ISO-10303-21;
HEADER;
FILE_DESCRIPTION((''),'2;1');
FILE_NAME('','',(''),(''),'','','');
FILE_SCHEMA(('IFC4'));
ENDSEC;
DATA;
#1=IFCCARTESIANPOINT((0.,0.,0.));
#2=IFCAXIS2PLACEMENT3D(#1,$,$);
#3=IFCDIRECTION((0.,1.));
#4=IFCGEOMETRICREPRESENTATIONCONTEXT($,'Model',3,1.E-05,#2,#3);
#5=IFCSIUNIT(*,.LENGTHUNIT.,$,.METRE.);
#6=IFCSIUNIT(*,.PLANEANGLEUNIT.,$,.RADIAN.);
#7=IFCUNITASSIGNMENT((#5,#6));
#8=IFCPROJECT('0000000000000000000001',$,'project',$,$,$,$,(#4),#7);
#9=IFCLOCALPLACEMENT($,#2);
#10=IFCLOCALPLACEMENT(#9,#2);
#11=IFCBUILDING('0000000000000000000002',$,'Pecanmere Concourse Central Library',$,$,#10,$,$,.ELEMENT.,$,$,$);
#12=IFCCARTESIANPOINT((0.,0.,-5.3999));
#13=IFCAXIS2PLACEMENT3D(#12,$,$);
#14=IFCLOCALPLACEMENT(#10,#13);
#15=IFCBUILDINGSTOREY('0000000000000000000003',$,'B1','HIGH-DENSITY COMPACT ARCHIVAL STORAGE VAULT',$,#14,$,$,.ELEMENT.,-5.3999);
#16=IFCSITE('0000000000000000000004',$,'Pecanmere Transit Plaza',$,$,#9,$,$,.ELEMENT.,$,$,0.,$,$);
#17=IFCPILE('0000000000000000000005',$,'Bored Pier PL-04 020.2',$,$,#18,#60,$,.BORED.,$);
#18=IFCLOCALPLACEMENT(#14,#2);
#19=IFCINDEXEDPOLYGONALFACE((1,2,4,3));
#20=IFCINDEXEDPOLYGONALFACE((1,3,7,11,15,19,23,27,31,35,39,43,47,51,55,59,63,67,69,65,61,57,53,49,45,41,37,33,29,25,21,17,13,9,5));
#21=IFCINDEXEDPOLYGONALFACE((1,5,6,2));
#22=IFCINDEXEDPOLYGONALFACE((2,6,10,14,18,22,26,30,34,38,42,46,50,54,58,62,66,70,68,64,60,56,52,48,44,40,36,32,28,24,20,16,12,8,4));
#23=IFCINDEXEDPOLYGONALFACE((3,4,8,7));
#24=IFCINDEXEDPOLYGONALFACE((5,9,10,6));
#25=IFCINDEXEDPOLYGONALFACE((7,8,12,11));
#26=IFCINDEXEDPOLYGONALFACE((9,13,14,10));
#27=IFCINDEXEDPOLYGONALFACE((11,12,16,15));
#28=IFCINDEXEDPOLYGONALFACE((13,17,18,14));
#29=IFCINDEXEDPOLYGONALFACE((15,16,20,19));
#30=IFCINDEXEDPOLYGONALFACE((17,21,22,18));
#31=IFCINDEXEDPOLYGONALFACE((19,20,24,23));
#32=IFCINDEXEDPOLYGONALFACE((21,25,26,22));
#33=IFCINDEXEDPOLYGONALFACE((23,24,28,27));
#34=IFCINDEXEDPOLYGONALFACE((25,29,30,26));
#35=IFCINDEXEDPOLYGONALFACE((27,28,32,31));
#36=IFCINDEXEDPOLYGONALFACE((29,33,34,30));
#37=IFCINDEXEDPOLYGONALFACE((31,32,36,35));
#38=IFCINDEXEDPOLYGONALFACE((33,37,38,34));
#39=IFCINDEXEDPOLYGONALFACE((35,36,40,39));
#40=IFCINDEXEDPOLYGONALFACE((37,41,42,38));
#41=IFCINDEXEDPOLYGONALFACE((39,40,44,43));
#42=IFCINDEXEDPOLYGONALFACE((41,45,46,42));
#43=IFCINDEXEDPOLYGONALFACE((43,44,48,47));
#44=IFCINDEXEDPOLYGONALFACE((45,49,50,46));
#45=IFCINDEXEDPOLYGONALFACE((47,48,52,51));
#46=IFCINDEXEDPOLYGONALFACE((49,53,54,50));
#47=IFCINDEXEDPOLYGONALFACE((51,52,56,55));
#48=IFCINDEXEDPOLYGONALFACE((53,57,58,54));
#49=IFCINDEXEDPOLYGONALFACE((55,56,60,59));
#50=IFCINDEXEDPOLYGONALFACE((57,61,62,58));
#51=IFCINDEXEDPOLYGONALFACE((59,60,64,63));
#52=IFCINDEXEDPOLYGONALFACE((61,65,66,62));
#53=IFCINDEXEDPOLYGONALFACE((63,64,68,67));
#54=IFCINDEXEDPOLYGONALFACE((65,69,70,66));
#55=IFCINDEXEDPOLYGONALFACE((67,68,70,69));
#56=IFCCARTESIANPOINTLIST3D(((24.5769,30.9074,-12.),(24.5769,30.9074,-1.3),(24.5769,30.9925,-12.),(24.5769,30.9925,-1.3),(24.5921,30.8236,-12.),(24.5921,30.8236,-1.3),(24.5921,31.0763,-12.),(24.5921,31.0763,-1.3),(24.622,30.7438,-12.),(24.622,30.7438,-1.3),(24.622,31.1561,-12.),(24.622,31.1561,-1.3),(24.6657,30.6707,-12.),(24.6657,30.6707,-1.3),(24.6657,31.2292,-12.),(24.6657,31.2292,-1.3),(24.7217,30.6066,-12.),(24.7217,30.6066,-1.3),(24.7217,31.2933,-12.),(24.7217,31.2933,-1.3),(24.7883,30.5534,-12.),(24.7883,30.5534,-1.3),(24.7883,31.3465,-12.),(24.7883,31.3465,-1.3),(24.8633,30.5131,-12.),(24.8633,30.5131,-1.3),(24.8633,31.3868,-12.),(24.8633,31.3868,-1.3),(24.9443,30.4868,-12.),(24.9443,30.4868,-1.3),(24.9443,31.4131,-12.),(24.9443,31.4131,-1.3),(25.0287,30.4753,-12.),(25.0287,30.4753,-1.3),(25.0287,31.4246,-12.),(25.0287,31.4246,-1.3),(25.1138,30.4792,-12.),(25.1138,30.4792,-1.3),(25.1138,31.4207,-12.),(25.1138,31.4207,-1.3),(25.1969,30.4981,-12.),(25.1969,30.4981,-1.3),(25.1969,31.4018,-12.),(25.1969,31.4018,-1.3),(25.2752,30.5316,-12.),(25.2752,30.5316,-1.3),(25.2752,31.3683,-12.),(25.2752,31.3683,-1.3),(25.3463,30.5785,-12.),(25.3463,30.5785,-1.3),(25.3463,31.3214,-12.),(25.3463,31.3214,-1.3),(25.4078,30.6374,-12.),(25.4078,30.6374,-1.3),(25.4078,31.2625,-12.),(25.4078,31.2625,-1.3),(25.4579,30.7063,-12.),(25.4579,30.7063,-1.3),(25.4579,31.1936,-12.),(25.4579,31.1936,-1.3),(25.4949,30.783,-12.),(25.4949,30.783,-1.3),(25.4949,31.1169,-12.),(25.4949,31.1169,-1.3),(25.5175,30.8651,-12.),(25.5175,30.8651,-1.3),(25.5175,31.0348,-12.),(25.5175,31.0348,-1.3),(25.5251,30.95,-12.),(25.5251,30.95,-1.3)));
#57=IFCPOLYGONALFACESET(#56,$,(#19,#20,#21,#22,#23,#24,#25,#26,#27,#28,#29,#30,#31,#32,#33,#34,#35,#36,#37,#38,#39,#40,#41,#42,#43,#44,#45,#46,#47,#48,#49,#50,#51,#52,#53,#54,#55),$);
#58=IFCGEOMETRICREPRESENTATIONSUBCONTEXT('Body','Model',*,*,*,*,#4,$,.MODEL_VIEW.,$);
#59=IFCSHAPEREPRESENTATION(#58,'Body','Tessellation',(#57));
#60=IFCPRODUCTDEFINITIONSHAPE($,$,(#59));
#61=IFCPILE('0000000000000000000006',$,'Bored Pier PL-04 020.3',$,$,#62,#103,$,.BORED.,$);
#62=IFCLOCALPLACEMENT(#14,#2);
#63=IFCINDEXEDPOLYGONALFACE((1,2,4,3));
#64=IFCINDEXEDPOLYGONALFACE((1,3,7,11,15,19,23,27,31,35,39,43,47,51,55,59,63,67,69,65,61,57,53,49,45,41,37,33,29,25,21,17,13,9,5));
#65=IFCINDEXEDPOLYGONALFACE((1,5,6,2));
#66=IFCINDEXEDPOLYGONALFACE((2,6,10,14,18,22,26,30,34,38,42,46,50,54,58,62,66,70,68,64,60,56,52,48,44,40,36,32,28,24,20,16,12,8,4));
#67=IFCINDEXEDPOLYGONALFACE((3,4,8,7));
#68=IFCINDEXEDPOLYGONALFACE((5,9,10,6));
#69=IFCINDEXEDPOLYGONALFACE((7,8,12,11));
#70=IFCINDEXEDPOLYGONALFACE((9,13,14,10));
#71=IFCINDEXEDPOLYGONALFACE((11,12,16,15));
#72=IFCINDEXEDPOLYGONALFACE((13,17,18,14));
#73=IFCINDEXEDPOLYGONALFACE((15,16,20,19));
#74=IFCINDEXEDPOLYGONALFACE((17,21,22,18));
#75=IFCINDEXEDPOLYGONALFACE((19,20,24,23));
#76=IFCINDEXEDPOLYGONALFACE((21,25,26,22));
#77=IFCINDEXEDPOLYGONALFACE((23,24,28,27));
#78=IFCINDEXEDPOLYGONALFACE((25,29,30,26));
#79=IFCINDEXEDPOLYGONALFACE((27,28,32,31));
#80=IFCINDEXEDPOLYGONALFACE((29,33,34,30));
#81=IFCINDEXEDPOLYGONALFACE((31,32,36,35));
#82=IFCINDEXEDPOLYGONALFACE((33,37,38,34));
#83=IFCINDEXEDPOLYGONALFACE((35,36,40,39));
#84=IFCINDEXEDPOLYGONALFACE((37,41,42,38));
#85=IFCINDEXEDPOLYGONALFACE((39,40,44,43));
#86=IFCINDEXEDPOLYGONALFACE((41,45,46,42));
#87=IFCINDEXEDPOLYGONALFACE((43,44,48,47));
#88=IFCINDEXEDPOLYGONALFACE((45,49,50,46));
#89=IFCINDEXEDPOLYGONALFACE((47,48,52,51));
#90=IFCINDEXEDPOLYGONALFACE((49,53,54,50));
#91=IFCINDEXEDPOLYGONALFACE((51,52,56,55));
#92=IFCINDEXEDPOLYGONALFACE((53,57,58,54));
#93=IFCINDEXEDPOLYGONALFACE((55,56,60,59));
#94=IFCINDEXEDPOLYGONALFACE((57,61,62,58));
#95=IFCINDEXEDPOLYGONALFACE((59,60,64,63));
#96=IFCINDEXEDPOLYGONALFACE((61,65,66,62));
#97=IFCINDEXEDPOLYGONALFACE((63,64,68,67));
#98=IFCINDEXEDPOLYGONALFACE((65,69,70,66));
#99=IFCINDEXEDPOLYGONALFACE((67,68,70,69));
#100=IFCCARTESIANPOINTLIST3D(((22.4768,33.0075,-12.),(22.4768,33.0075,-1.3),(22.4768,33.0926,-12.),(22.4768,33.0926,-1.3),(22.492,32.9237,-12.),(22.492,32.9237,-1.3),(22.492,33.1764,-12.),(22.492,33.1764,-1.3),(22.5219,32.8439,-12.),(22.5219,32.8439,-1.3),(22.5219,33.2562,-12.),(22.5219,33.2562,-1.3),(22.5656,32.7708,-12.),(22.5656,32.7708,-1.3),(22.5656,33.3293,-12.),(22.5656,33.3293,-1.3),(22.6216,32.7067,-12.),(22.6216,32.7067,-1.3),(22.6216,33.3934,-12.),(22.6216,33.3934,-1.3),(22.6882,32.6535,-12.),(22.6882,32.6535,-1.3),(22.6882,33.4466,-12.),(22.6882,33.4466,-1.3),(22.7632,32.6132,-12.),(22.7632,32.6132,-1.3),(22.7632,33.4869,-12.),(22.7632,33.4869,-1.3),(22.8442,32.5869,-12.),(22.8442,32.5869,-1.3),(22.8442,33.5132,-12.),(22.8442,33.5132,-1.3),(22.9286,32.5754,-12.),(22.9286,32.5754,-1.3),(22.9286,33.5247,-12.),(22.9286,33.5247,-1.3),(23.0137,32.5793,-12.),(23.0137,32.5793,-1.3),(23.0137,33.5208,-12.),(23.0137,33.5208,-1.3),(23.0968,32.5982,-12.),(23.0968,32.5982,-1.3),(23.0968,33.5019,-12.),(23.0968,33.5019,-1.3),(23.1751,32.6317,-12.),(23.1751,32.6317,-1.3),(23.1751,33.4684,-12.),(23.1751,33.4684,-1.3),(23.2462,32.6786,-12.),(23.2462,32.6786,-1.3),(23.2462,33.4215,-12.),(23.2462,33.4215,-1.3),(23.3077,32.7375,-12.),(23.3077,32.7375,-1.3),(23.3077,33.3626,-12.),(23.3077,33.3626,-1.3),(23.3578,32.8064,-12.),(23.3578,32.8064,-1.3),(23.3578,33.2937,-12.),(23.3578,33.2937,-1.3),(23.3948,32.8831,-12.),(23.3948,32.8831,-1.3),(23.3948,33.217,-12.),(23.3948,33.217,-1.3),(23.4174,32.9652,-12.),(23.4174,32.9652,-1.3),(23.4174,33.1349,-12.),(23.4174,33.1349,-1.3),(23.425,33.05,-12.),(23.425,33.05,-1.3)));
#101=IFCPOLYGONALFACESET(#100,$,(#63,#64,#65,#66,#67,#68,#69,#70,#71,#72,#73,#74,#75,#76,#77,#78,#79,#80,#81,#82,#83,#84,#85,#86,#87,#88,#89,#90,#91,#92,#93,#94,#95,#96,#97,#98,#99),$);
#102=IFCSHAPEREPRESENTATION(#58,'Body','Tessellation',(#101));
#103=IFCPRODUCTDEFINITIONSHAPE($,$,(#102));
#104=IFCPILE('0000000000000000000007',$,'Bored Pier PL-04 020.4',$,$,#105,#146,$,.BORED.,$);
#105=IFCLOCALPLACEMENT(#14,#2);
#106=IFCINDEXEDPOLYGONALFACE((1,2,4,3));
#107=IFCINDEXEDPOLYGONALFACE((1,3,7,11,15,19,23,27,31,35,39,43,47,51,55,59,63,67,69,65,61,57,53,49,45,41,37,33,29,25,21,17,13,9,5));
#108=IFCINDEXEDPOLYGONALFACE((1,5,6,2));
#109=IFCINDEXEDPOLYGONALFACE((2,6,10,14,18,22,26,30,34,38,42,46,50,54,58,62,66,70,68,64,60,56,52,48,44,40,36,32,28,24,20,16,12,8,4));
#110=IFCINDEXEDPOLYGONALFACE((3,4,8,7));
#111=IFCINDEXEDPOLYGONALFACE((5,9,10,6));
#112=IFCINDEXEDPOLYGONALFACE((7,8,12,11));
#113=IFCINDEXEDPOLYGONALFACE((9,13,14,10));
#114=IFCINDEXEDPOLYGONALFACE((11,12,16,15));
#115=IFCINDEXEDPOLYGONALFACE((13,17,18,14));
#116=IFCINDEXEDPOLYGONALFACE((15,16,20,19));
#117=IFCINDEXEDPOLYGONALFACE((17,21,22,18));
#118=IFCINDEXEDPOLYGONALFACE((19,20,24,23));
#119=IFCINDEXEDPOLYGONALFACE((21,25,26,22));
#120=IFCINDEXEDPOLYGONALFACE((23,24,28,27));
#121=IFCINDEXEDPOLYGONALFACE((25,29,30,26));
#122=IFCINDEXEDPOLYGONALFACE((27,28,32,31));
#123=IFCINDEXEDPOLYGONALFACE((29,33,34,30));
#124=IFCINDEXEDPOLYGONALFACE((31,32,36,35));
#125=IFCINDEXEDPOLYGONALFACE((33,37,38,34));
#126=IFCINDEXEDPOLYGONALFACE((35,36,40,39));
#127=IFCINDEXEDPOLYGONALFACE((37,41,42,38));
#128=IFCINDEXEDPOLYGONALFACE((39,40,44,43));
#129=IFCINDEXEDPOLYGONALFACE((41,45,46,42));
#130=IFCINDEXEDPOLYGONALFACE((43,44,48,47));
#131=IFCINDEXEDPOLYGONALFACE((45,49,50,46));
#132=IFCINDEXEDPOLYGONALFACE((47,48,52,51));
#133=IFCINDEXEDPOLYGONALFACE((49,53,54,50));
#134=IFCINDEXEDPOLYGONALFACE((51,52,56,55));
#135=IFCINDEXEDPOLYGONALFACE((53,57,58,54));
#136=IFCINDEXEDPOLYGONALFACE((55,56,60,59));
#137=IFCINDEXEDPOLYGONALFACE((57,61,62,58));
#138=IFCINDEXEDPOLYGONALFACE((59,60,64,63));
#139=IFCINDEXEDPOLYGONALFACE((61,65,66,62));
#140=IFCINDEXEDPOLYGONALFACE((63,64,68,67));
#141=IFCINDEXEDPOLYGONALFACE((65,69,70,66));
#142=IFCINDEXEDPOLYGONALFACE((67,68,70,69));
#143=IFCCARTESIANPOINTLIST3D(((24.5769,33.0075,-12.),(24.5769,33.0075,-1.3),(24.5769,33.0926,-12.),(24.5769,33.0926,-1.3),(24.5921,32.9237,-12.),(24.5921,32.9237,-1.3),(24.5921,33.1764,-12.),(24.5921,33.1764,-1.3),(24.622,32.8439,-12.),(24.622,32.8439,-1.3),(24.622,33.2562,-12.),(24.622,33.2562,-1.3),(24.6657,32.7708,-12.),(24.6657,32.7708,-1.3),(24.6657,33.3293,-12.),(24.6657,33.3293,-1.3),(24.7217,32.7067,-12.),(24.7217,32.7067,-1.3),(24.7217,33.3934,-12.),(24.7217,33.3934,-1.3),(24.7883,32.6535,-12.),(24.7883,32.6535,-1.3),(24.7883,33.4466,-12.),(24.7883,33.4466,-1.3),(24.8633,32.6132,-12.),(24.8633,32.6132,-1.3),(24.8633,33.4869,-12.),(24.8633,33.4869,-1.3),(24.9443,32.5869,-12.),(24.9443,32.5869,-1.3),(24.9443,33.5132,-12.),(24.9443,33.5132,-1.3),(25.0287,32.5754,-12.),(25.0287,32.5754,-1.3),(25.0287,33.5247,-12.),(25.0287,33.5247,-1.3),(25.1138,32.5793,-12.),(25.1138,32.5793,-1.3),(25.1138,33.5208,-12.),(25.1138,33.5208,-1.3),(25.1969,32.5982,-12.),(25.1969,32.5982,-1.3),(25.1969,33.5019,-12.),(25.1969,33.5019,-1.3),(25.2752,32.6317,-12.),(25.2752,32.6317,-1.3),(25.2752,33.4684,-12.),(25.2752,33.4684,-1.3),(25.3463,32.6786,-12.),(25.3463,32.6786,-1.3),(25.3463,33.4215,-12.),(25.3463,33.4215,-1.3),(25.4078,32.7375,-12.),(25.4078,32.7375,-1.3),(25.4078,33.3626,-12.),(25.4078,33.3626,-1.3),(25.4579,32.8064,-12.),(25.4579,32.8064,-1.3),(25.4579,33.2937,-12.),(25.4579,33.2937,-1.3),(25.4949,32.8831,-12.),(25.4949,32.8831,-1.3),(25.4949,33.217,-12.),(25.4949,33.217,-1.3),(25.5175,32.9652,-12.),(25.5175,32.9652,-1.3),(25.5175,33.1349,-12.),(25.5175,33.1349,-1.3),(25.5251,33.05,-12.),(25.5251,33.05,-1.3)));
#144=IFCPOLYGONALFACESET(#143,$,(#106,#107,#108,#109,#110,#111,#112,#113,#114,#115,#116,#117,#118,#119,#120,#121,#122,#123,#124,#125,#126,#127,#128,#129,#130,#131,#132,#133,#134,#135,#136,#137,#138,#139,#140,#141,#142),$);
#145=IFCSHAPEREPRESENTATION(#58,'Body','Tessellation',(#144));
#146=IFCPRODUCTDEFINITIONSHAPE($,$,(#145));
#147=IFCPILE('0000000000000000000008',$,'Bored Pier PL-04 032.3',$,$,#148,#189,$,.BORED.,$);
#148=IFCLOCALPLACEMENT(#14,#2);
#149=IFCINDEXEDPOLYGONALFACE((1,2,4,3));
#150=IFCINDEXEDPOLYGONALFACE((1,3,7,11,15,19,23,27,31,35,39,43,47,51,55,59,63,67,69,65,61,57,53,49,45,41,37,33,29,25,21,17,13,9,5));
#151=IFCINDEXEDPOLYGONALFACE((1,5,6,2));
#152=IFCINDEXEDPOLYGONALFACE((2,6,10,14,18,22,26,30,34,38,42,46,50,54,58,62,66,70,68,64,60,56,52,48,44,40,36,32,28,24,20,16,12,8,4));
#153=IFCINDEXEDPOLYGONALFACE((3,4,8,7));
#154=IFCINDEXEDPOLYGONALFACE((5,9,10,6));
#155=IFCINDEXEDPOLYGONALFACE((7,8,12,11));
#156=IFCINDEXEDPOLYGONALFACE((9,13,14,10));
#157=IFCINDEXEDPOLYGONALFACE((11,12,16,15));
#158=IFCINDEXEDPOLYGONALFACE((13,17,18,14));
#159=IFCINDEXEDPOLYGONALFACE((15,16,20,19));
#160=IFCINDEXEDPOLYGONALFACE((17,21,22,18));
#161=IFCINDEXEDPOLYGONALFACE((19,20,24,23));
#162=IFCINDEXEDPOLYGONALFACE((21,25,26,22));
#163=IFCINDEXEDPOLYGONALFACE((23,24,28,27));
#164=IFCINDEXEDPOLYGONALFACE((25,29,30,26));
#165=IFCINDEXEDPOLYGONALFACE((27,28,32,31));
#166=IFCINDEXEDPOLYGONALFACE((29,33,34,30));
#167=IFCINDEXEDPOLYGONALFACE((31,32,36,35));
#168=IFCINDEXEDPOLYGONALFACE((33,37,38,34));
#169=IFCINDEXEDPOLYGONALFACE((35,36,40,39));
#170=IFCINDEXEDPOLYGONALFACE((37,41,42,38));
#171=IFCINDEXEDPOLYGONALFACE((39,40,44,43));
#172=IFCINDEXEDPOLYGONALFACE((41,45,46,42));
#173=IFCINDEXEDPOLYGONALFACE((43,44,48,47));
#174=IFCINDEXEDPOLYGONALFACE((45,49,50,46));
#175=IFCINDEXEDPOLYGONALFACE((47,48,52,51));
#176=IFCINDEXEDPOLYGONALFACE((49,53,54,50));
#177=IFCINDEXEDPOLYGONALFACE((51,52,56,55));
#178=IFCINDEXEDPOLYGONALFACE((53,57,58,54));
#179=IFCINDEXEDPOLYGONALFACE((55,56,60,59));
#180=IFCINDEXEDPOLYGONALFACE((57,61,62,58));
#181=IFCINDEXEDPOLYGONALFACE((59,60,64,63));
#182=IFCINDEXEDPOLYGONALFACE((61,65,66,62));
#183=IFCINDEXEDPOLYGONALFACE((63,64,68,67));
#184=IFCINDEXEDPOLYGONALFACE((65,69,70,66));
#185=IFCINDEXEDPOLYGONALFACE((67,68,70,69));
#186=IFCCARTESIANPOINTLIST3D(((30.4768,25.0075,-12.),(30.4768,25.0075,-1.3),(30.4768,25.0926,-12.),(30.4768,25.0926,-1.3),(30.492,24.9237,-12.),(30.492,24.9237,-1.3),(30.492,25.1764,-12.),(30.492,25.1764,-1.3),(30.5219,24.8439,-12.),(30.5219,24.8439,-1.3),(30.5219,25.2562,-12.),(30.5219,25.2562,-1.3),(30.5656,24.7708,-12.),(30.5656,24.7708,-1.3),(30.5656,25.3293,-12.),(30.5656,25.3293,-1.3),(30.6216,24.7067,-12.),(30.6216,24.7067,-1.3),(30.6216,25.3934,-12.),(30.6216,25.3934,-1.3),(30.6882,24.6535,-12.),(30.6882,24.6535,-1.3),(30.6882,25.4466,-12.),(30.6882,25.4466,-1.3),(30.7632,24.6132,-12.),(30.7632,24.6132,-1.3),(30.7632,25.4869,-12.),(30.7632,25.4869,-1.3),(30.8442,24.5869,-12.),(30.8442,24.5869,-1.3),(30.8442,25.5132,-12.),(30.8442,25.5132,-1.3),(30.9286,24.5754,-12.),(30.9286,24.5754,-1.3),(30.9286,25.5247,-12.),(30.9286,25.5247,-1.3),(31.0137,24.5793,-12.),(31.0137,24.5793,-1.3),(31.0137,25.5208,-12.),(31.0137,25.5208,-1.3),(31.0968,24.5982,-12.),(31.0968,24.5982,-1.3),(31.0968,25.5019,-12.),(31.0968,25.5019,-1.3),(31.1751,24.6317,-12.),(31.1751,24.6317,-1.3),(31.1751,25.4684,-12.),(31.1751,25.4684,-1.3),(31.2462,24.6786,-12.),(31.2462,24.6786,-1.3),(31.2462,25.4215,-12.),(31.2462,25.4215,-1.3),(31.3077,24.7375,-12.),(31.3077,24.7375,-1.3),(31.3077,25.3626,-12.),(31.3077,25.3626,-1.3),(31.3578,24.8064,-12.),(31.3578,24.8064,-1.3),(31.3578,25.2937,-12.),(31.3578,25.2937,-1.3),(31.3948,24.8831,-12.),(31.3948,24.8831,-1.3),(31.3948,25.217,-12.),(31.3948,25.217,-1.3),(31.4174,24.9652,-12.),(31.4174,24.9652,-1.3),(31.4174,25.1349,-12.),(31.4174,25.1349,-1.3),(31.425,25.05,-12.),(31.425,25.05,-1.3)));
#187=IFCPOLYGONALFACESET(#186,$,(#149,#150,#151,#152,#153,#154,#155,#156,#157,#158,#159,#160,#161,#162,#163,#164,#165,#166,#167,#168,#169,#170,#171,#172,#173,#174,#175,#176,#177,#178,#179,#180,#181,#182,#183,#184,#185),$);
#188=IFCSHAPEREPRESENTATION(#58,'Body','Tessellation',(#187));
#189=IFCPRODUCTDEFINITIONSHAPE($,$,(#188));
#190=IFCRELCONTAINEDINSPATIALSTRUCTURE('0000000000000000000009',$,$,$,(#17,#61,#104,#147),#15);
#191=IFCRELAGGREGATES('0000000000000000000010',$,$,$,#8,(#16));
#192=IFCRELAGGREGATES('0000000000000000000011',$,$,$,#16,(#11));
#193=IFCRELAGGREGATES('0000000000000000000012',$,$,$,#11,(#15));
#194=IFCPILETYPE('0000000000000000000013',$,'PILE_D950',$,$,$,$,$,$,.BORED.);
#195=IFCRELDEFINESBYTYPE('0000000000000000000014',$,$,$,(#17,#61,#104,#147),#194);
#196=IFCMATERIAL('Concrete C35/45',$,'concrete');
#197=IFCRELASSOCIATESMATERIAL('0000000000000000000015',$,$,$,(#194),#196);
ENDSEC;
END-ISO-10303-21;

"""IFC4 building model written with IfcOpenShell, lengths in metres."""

from ifc_helpers import new_model, si_unit, direction, frame, origin, origin_2d, place, context, subcontext, project, spatial, circle, extrude, material, material_profile, profile_set, type_object, element, save


model = new_model("IFC4")

# Units and contexts
model_context = context("Model", 3, precision=1e-05, world=origin(), true_north=direction((0.0, 1.0)))
body_context = subcontext(model_context, "Body", "Model", "MODEL_VIEW")
ifc_project = project(units=[si_unit("LENGTHUNIT", "METRE"), si_unit("PLANEANGLEUNIT", "RADIAN")], contexts=[model_context])

# Site, building, storey
site_placement = place(None, origin())
site = spatial("IfcSite", under=ifc_project, at=site_placement, Name="Pecanmere Transit Plaza", CompositionType="ELEMENT", RefElevation=0.0)
building_placement = place(site_placement, origin())
building = spatial("IfcBuilding", under=site, at=building_placement, Name="Pecanmere Concourse Central Library", CompositionType="ELEMENT")
storey_placement = place(building_placement, frame((0.0, 0.0, -5.3999)))
storey = spatial("IfcBuildingStorey", under=building, at=storey_placement, Name="B1", Description="HIGH-DENSITY COMPACT ARCHIVAL STORAGE VAULT", CompositionType="ELEMENT", Elevation=-5.3999)

# Piles
ifc_material_1 = material(Name="Concrete C35/45", Category="concrete")
ifc_material_profile_1 = material_profile(ifc_material_1, circle(Radius=0.4751, at=origin_2d()), Name="PIER D950")
ifc_profile_set_1 = profile_set([ifc_material_profile_1], Name="Concrete C35/45")
pile_type = type_object("IfcPileType", Name="PILE_D950", PredefinedType="BORED", material=ifc_profile_set_1)
for number, where, z_axis, x_axis, name in (
    (1, (25.05, 30.95, -1.3), (0.0, 0.0, -1.0), (1.0, 0.0, 0.0), "Bored Pier PL-04 020.2"),
    (2, (22.95, 33.05, -1.3), (0.0, 0.0, -1.0), (1.0, 0.0, 0.0), "Bored Pier PL-04 020.3"),
    (3, (25.05, 33.05, -1.3), (0.0, 0.0, -1.0), (1.0, 0.0, 0.0), "Bored Pier PL-04 020.4"),
    (4, (30.95, 25.05, -1.3), (0.0, 0.0, -1.0), (1.0, 0.0, 0.0), "Bored Pier PL-04 032.3"),
):
    element("IfcPile", number, at=place(storey_placement, frame(where, z_axis=z_axis, x_axis=x_axis)), inside=storey, type_object=pile_type, Name=name, PredefinedType="BORED", context=body_context, shape_type="SweptSolid", body=[
        extrude(circle(Radius=0.4751, at=origin_2d()), origin(), (0.0, 0.0, 1.0), 10.7),
    ])

save(model, "model.ifc")
